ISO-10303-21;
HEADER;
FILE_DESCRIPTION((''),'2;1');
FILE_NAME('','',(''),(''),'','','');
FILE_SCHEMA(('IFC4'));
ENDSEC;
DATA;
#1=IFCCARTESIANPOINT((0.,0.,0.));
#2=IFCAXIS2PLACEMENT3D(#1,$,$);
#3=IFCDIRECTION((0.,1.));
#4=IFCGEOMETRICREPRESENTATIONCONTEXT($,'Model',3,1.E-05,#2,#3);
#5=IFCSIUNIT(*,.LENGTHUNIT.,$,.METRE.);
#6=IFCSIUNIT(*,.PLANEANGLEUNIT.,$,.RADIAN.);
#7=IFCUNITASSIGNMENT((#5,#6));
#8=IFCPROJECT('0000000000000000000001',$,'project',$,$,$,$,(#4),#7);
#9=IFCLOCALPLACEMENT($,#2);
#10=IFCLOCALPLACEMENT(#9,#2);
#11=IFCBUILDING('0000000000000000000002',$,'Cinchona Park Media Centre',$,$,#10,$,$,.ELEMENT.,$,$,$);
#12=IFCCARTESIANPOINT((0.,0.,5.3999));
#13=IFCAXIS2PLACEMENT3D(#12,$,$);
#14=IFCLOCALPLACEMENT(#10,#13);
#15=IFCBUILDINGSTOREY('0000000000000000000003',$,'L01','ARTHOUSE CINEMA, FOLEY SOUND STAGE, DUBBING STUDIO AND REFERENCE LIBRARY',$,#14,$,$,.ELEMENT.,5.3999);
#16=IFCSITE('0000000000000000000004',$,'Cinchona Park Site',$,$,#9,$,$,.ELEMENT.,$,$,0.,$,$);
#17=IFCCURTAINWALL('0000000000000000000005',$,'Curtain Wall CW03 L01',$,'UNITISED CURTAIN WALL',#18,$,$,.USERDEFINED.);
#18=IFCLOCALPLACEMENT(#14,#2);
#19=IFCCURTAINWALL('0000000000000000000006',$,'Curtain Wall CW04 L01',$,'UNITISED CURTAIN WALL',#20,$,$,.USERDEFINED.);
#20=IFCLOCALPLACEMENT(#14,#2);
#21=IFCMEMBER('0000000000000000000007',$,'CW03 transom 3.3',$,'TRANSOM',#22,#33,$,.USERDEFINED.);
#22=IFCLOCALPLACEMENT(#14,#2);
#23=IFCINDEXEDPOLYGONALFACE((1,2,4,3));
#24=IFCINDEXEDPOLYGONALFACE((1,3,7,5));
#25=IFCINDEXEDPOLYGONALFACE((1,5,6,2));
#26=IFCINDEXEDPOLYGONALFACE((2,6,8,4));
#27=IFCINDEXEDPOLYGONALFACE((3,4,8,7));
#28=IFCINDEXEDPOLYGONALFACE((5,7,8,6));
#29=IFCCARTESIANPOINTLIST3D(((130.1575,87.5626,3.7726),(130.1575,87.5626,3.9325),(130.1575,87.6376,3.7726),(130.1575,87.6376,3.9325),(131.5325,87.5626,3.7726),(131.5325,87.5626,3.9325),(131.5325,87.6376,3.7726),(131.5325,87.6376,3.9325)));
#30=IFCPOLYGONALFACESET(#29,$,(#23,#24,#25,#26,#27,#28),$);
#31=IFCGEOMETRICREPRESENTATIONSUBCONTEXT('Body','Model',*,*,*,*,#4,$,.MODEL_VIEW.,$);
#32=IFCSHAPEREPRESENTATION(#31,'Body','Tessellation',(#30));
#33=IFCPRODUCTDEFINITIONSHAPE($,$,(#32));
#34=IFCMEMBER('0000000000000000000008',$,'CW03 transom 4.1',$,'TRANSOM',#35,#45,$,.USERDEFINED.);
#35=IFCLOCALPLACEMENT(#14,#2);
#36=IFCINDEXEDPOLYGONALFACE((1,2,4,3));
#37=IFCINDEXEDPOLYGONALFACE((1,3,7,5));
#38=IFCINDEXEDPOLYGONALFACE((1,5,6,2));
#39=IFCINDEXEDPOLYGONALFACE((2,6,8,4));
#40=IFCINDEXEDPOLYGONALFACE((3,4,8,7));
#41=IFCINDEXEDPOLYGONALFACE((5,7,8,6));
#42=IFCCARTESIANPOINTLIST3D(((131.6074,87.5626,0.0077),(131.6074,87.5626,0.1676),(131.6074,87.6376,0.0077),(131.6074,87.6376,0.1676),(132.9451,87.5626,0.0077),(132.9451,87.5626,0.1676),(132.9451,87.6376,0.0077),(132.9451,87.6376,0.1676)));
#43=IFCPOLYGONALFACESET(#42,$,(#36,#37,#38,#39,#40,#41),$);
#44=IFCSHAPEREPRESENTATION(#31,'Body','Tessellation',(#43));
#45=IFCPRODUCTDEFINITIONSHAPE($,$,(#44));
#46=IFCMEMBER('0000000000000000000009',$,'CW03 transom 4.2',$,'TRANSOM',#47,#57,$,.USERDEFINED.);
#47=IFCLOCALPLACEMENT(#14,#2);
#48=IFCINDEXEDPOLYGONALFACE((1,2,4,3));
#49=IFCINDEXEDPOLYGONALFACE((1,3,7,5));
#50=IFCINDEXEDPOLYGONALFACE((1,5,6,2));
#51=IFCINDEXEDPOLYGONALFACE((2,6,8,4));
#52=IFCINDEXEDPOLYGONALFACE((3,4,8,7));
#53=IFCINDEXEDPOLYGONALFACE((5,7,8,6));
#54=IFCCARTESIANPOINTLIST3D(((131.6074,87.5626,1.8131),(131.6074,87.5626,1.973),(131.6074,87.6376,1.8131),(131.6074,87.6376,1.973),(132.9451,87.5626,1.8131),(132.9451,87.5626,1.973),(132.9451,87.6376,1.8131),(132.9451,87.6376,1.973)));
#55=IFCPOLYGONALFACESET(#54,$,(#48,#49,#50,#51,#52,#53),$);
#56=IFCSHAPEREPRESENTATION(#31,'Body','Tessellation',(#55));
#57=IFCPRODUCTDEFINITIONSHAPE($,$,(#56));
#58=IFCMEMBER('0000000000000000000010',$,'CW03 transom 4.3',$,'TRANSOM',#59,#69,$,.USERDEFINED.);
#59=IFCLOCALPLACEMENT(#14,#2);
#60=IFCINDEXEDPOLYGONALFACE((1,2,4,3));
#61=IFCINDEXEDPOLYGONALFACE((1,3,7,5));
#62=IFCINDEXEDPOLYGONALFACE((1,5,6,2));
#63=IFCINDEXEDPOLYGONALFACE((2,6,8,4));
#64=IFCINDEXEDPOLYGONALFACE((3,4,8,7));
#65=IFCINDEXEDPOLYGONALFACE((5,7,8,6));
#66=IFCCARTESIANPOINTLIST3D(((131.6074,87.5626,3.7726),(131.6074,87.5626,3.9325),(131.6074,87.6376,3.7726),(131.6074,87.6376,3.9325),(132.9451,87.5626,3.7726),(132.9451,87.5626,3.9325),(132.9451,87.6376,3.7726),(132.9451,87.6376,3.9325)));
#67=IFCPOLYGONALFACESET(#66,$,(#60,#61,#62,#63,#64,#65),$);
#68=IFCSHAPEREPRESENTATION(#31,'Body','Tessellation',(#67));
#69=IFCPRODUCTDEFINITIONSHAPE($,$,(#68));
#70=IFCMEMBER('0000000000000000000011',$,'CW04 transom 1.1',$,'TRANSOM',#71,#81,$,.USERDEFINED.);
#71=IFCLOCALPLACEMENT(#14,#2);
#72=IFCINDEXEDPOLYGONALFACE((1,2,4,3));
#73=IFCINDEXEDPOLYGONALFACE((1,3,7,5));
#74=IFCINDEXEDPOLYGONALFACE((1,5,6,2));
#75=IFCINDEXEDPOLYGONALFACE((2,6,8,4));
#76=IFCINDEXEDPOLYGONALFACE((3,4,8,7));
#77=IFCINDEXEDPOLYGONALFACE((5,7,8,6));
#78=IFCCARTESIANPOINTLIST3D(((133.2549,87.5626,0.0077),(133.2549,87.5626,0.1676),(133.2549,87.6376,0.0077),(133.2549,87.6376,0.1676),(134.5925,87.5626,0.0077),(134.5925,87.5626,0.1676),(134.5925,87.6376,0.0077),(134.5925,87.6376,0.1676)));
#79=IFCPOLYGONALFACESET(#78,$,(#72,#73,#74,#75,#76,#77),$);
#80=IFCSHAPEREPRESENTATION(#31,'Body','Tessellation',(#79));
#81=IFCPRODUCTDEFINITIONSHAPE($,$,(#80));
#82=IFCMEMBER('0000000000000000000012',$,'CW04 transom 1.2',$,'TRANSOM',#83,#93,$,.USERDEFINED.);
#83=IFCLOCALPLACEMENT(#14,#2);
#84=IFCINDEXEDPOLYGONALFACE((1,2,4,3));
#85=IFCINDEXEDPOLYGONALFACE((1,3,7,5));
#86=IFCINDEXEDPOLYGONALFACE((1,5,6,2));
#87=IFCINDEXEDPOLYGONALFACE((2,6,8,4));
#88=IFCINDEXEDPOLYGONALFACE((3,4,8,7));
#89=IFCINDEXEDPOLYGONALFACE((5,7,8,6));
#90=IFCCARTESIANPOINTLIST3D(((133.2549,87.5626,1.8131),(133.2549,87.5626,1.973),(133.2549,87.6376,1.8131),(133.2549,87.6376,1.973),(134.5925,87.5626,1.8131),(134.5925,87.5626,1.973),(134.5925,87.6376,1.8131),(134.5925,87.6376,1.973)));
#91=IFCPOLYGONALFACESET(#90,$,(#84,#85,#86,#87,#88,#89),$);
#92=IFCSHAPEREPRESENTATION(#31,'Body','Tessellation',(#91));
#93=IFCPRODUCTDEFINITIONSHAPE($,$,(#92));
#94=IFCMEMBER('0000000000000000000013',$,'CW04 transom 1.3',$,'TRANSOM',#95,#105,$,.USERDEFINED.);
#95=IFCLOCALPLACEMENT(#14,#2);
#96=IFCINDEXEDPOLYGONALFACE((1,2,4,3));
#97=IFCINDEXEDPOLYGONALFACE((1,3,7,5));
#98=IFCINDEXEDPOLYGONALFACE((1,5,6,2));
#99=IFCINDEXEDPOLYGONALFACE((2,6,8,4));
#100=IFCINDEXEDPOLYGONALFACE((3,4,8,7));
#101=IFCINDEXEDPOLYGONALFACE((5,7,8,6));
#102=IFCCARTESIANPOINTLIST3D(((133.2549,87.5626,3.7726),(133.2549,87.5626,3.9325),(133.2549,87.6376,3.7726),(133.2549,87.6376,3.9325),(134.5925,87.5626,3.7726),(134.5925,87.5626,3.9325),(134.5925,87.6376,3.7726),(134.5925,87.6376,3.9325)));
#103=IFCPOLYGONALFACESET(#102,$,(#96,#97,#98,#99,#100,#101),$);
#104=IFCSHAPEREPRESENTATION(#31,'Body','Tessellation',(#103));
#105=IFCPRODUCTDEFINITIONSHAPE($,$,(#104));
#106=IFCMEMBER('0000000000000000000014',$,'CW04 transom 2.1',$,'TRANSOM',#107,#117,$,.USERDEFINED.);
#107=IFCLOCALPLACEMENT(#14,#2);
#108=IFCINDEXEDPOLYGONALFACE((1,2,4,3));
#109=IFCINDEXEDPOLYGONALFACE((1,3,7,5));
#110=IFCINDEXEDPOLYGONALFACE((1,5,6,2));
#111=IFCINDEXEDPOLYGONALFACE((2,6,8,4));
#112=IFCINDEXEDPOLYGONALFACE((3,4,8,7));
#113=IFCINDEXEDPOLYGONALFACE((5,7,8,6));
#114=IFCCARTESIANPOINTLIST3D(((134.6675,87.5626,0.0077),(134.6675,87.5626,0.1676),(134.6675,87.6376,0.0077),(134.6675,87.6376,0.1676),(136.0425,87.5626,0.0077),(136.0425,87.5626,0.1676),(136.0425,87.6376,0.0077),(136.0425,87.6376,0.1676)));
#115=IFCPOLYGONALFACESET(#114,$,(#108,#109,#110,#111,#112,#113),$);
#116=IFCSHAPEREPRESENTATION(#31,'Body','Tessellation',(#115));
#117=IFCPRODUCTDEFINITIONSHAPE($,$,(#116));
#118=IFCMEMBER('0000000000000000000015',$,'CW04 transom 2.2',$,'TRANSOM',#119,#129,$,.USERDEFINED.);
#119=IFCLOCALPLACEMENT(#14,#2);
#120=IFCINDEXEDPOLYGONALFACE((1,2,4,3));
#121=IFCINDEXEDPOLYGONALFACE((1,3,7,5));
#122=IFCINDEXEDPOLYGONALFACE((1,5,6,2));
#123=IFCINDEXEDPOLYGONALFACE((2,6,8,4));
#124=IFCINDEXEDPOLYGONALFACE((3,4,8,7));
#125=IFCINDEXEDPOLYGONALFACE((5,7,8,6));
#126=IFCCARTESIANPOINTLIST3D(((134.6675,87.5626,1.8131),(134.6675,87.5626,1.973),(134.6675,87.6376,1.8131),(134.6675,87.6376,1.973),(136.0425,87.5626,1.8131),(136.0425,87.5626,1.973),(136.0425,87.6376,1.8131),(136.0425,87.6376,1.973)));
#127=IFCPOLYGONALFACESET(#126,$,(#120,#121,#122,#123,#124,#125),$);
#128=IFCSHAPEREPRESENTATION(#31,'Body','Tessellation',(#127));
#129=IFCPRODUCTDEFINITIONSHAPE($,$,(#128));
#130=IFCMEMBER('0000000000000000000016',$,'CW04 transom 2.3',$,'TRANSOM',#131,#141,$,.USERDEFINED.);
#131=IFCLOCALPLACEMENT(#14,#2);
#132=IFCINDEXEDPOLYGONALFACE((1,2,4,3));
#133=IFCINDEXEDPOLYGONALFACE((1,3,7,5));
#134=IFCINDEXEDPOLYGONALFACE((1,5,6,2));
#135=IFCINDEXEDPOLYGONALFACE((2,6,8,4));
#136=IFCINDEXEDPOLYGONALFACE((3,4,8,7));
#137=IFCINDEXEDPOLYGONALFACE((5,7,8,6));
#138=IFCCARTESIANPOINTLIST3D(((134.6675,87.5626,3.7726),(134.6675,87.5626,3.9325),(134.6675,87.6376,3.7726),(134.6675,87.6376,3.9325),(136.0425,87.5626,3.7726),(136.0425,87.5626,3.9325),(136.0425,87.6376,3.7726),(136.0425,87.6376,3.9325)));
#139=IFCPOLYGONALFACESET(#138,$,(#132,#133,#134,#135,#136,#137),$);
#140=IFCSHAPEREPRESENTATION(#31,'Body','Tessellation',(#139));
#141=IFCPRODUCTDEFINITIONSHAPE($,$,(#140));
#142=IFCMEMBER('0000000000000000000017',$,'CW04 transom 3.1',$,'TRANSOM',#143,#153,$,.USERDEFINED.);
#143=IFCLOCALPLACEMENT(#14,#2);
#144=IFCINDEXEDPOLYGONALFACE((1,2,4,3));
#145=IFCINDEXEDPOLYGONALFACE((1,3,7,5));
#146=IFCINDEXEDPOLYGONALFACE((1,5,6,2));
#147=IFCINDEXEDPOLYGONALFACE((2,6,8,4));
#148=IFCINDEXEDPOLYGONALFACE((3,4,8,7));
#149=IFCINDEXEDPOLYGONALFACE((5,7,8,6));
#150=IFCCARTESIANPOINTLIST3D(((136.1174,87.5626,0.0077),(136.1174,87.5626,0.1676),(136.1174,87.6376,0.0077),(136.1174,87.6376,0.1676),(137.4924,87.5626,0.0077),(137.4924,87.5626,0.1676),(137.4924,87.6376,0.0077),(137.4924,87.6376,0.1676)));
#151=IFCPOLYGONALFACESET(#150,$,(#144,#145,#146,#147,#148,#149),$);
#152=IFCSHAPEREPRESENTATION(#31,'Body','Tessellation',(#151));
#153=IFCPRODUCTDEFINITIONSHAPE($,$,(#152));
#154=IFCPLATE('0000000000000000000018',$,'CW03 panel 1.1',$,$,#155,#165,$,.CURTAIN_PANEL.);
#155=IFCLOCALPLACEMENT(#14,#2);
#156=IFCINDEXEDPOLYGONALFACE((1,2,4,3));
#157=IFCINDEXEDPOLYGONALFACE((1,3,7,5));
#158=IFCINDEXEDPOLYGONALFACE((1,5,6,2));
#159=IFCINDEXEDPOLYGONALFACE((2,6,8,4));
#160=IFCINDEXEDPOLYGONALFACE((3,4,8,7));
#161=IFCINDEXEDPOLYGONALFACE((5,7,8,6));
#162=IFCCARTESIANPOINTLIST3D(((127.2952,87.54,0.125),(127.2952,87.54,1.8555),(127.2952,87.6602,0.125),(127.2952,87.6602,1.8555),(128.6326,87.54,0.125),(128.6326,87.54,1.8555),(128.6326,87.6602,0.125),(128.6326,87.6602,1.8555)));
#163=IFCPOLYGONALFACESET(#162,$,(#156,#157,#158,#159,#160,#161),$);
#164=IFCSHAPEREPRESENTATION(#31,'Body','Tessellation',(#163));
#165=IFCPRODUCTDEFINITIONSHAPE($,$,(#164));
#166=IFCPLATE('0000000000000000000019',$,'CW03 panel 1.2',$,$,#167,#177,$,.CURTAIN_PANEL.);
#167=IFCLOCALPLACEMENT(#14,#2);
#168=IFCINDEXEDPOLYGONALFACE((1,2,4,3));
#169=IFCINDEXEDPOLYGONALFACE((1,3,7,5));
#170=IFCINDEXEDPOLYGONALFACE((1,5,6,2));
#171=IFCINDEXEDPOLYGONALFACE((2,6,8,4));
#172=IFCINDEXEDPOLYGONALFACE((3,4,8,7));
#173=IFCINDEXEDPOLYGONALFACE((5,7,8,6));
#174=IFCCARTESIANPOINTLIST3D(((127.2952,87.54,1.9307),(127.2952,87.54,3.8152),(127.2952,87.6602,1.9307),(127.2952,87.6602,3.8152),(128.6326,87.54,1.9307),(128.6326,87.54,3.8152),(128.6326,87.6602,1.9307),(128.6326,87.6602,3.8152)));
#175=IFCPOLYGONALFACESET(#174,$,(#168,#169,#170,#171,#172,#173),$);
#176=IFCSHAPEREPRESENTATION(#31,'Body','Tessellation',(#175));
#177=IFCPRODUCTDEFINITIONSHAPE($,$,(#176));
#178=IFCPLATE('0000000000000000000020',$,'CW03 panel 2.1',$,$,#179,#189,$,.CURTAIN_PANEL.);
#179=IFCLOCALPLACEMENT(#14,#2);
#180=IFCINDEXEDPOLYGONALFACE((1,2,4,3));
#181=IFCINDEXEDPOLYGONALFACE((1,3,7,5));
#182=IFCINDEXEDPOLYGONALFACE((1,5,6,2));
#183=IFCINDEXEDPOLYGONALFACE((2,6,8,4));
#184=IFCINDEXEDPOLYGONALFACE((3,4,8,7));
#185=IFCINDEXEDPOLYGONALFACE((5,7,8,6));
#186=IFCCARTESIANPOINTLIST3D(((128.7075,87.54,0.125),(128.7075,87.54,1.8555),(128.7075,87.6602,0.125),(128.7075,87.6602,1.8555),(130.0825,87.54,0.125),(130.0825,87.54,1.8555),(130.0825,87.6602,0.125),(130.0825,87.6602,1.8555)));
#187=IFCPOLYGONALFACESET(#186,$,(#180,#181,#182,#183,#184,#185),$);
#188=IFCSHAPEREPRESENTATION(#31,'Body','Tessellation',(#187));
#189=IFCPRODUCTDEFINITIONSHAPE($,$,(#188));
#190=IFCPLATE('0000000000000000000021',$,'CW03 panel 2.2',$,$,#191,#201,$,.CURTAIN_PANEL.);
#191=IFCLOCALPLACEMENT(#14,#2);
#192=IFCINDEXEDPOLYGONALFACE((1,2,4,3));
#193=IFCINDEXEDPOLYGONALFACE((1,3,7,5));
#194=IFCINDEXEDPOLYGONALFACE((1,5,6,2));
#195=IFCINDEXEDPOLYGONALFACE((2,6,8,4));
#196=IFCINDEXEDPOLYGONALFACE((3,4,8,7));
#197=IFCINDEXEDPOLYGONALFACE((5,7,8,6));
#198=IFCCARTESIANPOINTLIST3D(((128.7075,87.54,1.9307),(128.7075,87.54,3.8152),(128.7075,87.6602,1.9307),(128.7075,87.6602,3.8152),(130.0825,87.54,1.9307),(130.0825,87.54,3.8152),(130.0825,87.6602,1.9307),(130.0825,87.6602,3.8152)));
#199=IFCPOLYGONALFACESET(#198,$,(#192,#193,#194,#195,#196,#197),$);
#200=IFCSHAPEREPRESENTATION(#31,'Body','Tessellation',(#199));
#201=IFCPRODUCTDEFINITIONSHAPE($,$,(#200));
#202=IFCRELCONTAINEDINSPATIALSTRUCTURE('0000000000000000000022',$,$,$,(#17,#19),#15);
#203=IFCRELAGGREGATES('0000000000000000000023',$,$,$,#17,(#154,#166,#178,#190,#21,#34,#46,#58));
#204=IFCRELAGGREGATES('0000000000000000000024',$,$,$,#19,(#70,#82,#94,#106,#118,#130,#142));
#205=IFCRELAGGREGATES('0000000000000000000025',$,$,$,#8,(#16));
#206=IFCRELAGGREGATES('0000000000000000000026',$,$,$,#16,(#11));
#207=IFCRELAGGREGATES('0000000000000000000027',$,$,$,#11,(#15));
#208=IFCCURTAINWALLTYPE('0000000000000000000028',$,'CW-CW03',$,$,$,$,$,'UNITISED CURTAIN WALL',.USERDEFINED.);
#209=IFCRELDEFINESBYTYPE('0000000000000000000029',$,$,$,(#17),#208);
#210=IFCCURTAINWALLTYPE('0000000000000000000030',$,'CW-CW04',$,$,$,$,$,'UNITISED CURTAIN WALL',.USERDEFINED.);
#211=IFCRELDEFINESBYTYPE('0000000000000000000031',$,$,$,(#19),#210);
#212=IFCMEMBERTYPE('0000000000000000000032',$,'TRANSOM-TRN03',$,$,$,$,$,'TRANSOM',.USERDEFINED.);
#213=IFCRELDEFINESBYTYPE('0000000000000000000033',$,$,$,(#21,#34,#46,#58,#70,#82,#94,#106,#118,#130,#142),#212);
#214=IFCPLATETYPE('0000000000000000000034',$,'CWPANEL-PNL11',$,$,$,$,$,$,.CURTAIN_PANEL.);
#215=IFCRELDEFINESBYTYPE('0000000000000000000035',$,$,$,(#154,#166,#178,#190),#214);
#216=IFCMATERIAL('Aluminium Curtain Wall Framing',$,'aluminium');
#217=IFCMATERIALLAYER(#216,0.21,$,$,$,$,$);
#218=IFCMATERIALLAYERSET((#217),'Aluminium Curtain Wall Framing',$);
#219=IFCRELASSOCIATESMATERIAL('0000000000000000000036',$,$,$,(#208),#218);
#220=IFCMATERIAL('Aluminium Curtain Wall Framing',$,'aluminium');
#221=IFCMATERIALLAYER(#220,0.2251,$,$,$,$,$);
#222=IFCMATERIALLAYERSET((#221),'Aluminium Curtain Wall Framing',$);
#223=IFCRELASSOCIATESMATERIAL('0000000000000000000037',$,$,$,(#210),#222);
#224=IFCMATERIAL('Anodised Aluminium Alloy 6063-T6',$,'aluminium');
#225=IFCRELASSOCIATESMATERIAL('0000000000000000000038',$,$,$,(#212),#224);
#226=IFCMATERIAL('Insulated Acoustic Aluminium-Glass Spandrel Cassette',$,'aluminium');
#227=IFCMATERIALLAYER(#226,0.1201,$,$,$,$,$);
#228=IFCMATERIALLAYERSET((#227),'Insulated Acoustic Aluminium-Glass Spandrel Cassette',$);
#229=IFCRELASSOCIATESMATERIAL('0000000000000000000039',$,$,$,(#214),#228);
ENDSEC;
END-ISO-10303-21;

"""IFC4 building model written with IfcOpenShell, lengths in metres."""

from ifc_helpers import new_model, si_unit, direction, frame, origin, origin_2d, place, context, subcontext, project, spatial, rectangle, extrude, material, layer, layer_set, material_profile, profile_set, type_object, element, aggregate, save


model = new_model("IFC4")

# Units and contexts
model_context = context("Model", 3, precision=1e-05, world=origin(), true_north=direction((0.0, 1.0)))
body_context = subcontext(model_context, "Body", "Model", "MODEL_VIEW")
ifc_project = project(units=[si_unit("LENGTHUNIT", "METRE"), si_unit("PLANEANGLEUNIT", "RADIAN")], contexts=[model_context])

# Site, building, storey
site_placement = place(None, origin())
site = spatial("IfcSite", under=ifc_project, at=site_placement, Name="Cinchona Park Site", CompositionType="ELEMENT", RefElevation=0.0)
building_placement = place(site_placement, origin())
building = spatial("IfcBuilding", under=site, at=building_placement, Name="Cinchona Park Media Centre", CompositionType="ELEMENT")
storey_placement = place(building_placement, frame((0.0, 0.0, 5.3999)))
storey = spatial("IfcBuildingStorey", under=building, at=storey_placement, Name="L01", Description="ARTHOUSE CINEMA, FOLEY SOUND STAGE, DUBBING STUDIO AND REFERENCE LIBRARY", CompositionType="ELEMENT", Elevation=5.3999)

# Curtain walls
ifc_material_1 = material(Name="Aluminium Curtain Wall Framing", Category="aluminium")
ifc_layer_1 = layer(ifc_material_1, 0.21)
ifc_layer_set_1 = layer_set([ifc_layer_1], Name="Aluminium Curtain Wall Framing")
curtain_wall_type_1 = type_object("IfcCurtainWallType", Name="CW-CW03", ElementType="UNITISED CURTAIN WALL", PredefinedType="USERDEFINED", material=ifc_layer_set_1)
curtain_wall_1_placement = place(storey_placement, origin())
curtain_wall_1 = element("IfcCurtainWall", 1, at=curtain_wall_1_placement, inside=storey, type_object=curtain_wall_type_1, Name="Curtain Wall CW03 L01", ObjectType="UNITISED CURTAIN WALL", PredefinedType="USERDEFINED")
ifc_material_2 = material(Name="Aluminium Curtain Wall Framing", Category="aluminium")
ifc_layer_2 = layer(ifc_material_2, 0.2251)
ifc_layer_set_2 = layer_set([ifc_layer_2], Name="Aluminium Curtain Wall Framing")
curtain_wall_type_2 = type_object("IfcCurtainWallType", Name="CW-CW04", ElementType="UNITISED CURTAIN WALL", PredefinedType="USERDEFINED", material=ifc_layer_set_2)
curtain_wall_2_placement = place(storey_placement, origin())
curtain_wall_2 = element("IfcCurtainWall", 2, at=curtain_wall_2_placement, inside=storey, type_object=curtain_wall_type_2, Name="Curtain Wall CW04 L01", ObjectType="UNITISED CURTAIN WALL", PredefinedType="USERDEFINED")

# Members
ifc_material_3 = material(Name="Anodised Aluminium Alloy 6063-T6", Category="aluminium")
ifc_material_profile_1 = material_profile(ifc_material_3, rectangle(XDim=0.075, YDim=0.1599, at=origin_2d()), Name="TRN-75X160")
ifc_profile_set_1 = profile_set([ifc_material_profile_1], Name="Anodised Aluminium Alloy 6063-T6")
member_type_1 = type_object("IfcMemberType", Name="TRANSOM-TRN03", ElementType="TRANSOM", PredefinedType="USERDEFINED", material=ifc_profile_set_1)
member_1_placement = place(storey_placement, frame((130.1575, 87.6001, 3.8525), z_axis=(1.0, 0.0, 0.0), x_axis=(0.0, 1.0, 0.0)))
member_1 = element("IfcMember", 3, at=member_1_placement, type_object=member_type_1, Name="CW03 transom 3.3", ObjectType="TRANSOM", PredefinedType="USERDEFINED", context=body_context, shape_type="SweptSolid", body=[
    extrude(rectangle(XDim=0.075, YDim=0.1599, at=origin_2d()), origin(), (0.0, 0.0, 1.0), 1.375),
])
member_2_placement = place(storey_placement, frame((131.6074, 87.6001, 0.0876), z_axis=(1.0, 0.0, 0.0), x_axis=(0.0, 1.0, 0.0)))
member_2 = element("IfcMember", 4, at=member_2_placement, type_object=member_type_1, Name="CW03 transom 4.1", ObjectType="TRANSOM", PredefinedType="USERDEFINED", context=body_context, shape_type="SweptSolid", body=[
    extrude(rectangle(XDim=0.075, YDim=0.1599, at=origin_2d()), origin(), (0.0, 0.0, 1.0), 1.3376),
])
member_3_placement = place(storey_placement, frame((131.6074, 87.6001, 1.8931), z_axis=(1.0, 0.0, 0.0), x_axis=(0.0, 1.0, 0.0)))
member_3 = element("IfcMember", 5, at=member_3_placement, type_object=member_type_1, Name="CW03 transom 4.2", ObjectType="TRANSOM", PredefinedType="USERDEFINED", context=body_context, shape_type="SweptSolid", body=[
    extrude(rectangle(XDim=0.075, YDim=0.1599, at=origin_2d()), origin(), (0.0, 0.0, 1.0), 1.3376),
])
member_4_placement = place(storey_placement, frame((131.6074, 87.6001, 3.8525), z_axis=(1.0, 0.0, 0.0), x_axis=(0.0, 1.0, 0.0)))
member_4 = element("IfcMember", 6, at=member_4_placement, type_object=member_type_1, Name="CW03 transom 4.3", ObjectType="TRANSOM", PredefinedType="USERDEFINED", context=body_context, shape_type="SweptSolid", body=[
    extrude(rectangle(XDim=0.075, YDim=0.1599, at=origin_2d()), origin(), (0.0, 0.0, 1.0), 1.3376),
])
member_5_placement = place(storey_placement, frame((133.2549, 87.6001, 0.0876), z_axis=(1.0, 0.0, 0.0), x_axis=(0.0, 1.0, 0.0)))
member_5 = element("IfcMember", 7, at=member_5_placement, type_object=member_type_1, Name="CW04 transom 1.1", ObjectType="TRANSOM", PredefinedType="USERDEFINED", context=body_context, shape_type="SweptSolid", body=[
    extrude(rectangle(XDim=0.075, YDim=0.1599, at=origin_2d()), origin(), (0.0, 0.0, 1.0), 1.3376),
])
member_6_placement = place(storey_placement, frame((133.2549, 87.6001, 1.8931), z_axis=(1.0, 0.0, 0.0), x_axis=(0.0, 1.0, 0.0)))
member_6 = element("IfcMember", 8, at=member_6_placement, type_object=member_type_1, Name="CW04 transom 1.2", ObjectType="TRANSOM", PredefinedType="USERDEFINED", context=body_context, shape_type="SweptSolid", body=[
    extrude(rectangle(XDim=0.075, YDim=0.1599, at=origin_2d()), origin(), (0.0, 0.0, 1.0), 1.3376),
])
member_7_placement = place(storey_placement, frame((133.2549, 87.6001, 3.8525), z_axis=(1.0, 0.0, 0.0), x_axis=(0.0, 1.0, 0.0)))
member_7 = element("IfcMember", 9, at=member_7_placement, type_object=member_type_1, Name="CW04 transom 1.3", ObjectType="TRANSOM", PredefinedType="USERDEFINED", context=body_context, shape_type="SweptSolid", body=[
    extrude(rectangle(XDim=0.075, YDim=0.1599, at=origin_2d()), origin(), (0.0, 0.0, 1.0), 1.3376),
])
member_8_placement = place(storey_placement, frame((134.6675, 87.6001, 0.0876), z_axis=(1.0, 0.0, 0.0), x_axis=(0.0, 1.0, 0.0)))
member_8 = element("IfcMember", 10, at=member_8_placement, type_object=member_type_1, Name="CW04 transom 2.1", ObjectType="TRANSOM", PredefinedType="USERDEFINED", context=body_context, shape_type="SweptSolid", body=[
    extrude(rectangle(XDim=0.075, YDim=0.1599, at=origin_2d()), origin(), (0.0, 0.0, 1.0), 1.375),
])
member_9_placement = place(storey_placement, frame((134.6675, 87.6001, 1.8931), z_axis=(1.0, 0.0, 0.0), x_axis=(0.0, 1.0, 0.0)))
member_9 = element("IfcMember", 11, at=member_9_placement, type_object=member_type_1, Name="CW04 transom 2.2", ObjectType="TRANSOM", PredefinedType="USERDEFINED", context=body_context, shape_type="SweptSolid", body=[
    extrude(rectangle(XDim=0.075, YDim=0.1599, at=origin_2d()), origin(), (0.0, 0.0, 1.0), 1.375),
])
member_10_placement = place(storey_placement, frame((134.6675, 87.6001, 3.8525), z_axis=(1.0, 0.0, 0.0), x_axis=(0.0, 1.0, 0.0)))
member_10 = element("IfcMember", 12, at=member_10_placement, type_object=member_type_1, Name="CW04 transom 2.3", ObjectType="TRANSOM", PredefinedType="USERDEFINED", context=body_context, shape_type="SweptSolid", body=[
    extrude(rectangle(XDim=0.075, YDim=0.1599, at=origin_2d()), origin(), (0.0, 0.0, 1.0), 1.375),
])
member_11_placement = place(storey_placement, frame((136.1174, 87.6001, 0.0876), z_axis=(1.0, 0.0, 0.0), x_axis=(0.0, 1.0, 0.0)))
member_11 = element("IfcMember", 13, at=member_11_placement, type_object=member_type_1, Name="CW04 transom 3.1", ObjectType="TRANSOM", PredefinedType="USERDEFINED", context=body_context, shape_type="SweptSolid", body=[
    extrude(rectangle(XDim=0.075, YDim=0.1599, at=origin_2d()), origin(), (0.0, 0.0, 1.0), 1.375),
])

# Plates
ifc_material_4 = material(Name="Insulated Acoustic Aluminium-Glass Spandrel Cassette", Category="aluminium")
ifc_layer_3 = layer(ifc_material_4, 0.1201)
ifc_layer_set_3 = layer_set([ifc_layer_3], Name="Insulated Acoustic Aluminium-Glass Spandrel Cassette")
plate_type_1 = type_object("IfcPlateType", Name="CWPANEL-PNL11", PredefinedType="CURTAIN_PANEL", material=ifc_layer_set_3)
plate_1_placement = place(storey_placement, frame((127.9639, 87.6001, 0.125), z_axis=(0.0, 0.0, 1.0), x_axis=(1.0, 0.0, 0.0)))
plate_1 = element("IfcPlate", 14, at=plate_1_placement, type_object=plate_type_1, Name="CW03 panel 1.1", PredefinedType="CURTAIN_PANEL", context=body_context, shape_type="SweptSolid", body=[
    extrude(rectangle(XDim=1.3374, YDim=0.1201, at=origin_2d()), origin(), (0.0, 0.0, 1.0), 1.7305),
])
plate_2_placement = place(storey_placement, frame((127.9639, 87.6001, 1.9307), z_axis=(0.0, 0.0, 1.0), x_axis=(1.0, 0.0, 0.0)))
plate_2 = element("IfcPlate", 15, at=plate_2_placement, type_object=plate_type_1, Name="CW03 panel 1.2", PredefinedType="CURTAIN_PANEL", context=body_context, shape_type="SweptSolid", body=[
    extrude(rectangle(XDim=1.3374, YDim=0.1201, at=origin_2d()), origin(), (0.0, 0.0, 1.0), 1.8845),
])
plate_3_placement = place(storey_placement, frame((129.395, 87.6001, 0.125), z_axis=(0.0, 0.0, 1.0), x_axis=(1.0, 0.0, 0.0)))
plate_3 = element("IfcPlate", 16, at=plate_3_placement, type_object=plate_type_1, Name="CW03 panel 2.1", PredefinedType="CURTAIN_PANEL", context=body_context, shape_type="SweptSolid", body=[
    extrude(rectangle(XDim=1.375, YDim=0.1201, at=origin_2d()), origin(), (0.0, 0.0, 1.0), 1.7305),
])
plate_4_placement = place(storey_placement, frame((129.395, 87.6001, 1.9307), z_axis=(0.0, 0.0, 1.0), x_axis=(1.0, 0.0, 0.0)))
plate_4 = element("IfcPlate", 17, at=plate_4_placement, type_object=plate_type_1, Name="CW03 panel 2.2", PredefinedType="CURTAIN_PANEL", context=body_context, shape_type="SweptSolid", body=[
    extrude(rectangle(XDim=1.375, YDim=0.1201, at=origin_2d()), origin(), (0.0, 0.0, 1.0), 1.8845),
])
aggregate(curtain_wall_1, [plate_1, plate_2, plate_3, plate_4, member_1, member_2, member_3, member_4])
aggregate(curtain_wall_2, [member_5, member_6, member_7, member_8, member_9, member_10, member_11])

save(model, "model.ifc")
